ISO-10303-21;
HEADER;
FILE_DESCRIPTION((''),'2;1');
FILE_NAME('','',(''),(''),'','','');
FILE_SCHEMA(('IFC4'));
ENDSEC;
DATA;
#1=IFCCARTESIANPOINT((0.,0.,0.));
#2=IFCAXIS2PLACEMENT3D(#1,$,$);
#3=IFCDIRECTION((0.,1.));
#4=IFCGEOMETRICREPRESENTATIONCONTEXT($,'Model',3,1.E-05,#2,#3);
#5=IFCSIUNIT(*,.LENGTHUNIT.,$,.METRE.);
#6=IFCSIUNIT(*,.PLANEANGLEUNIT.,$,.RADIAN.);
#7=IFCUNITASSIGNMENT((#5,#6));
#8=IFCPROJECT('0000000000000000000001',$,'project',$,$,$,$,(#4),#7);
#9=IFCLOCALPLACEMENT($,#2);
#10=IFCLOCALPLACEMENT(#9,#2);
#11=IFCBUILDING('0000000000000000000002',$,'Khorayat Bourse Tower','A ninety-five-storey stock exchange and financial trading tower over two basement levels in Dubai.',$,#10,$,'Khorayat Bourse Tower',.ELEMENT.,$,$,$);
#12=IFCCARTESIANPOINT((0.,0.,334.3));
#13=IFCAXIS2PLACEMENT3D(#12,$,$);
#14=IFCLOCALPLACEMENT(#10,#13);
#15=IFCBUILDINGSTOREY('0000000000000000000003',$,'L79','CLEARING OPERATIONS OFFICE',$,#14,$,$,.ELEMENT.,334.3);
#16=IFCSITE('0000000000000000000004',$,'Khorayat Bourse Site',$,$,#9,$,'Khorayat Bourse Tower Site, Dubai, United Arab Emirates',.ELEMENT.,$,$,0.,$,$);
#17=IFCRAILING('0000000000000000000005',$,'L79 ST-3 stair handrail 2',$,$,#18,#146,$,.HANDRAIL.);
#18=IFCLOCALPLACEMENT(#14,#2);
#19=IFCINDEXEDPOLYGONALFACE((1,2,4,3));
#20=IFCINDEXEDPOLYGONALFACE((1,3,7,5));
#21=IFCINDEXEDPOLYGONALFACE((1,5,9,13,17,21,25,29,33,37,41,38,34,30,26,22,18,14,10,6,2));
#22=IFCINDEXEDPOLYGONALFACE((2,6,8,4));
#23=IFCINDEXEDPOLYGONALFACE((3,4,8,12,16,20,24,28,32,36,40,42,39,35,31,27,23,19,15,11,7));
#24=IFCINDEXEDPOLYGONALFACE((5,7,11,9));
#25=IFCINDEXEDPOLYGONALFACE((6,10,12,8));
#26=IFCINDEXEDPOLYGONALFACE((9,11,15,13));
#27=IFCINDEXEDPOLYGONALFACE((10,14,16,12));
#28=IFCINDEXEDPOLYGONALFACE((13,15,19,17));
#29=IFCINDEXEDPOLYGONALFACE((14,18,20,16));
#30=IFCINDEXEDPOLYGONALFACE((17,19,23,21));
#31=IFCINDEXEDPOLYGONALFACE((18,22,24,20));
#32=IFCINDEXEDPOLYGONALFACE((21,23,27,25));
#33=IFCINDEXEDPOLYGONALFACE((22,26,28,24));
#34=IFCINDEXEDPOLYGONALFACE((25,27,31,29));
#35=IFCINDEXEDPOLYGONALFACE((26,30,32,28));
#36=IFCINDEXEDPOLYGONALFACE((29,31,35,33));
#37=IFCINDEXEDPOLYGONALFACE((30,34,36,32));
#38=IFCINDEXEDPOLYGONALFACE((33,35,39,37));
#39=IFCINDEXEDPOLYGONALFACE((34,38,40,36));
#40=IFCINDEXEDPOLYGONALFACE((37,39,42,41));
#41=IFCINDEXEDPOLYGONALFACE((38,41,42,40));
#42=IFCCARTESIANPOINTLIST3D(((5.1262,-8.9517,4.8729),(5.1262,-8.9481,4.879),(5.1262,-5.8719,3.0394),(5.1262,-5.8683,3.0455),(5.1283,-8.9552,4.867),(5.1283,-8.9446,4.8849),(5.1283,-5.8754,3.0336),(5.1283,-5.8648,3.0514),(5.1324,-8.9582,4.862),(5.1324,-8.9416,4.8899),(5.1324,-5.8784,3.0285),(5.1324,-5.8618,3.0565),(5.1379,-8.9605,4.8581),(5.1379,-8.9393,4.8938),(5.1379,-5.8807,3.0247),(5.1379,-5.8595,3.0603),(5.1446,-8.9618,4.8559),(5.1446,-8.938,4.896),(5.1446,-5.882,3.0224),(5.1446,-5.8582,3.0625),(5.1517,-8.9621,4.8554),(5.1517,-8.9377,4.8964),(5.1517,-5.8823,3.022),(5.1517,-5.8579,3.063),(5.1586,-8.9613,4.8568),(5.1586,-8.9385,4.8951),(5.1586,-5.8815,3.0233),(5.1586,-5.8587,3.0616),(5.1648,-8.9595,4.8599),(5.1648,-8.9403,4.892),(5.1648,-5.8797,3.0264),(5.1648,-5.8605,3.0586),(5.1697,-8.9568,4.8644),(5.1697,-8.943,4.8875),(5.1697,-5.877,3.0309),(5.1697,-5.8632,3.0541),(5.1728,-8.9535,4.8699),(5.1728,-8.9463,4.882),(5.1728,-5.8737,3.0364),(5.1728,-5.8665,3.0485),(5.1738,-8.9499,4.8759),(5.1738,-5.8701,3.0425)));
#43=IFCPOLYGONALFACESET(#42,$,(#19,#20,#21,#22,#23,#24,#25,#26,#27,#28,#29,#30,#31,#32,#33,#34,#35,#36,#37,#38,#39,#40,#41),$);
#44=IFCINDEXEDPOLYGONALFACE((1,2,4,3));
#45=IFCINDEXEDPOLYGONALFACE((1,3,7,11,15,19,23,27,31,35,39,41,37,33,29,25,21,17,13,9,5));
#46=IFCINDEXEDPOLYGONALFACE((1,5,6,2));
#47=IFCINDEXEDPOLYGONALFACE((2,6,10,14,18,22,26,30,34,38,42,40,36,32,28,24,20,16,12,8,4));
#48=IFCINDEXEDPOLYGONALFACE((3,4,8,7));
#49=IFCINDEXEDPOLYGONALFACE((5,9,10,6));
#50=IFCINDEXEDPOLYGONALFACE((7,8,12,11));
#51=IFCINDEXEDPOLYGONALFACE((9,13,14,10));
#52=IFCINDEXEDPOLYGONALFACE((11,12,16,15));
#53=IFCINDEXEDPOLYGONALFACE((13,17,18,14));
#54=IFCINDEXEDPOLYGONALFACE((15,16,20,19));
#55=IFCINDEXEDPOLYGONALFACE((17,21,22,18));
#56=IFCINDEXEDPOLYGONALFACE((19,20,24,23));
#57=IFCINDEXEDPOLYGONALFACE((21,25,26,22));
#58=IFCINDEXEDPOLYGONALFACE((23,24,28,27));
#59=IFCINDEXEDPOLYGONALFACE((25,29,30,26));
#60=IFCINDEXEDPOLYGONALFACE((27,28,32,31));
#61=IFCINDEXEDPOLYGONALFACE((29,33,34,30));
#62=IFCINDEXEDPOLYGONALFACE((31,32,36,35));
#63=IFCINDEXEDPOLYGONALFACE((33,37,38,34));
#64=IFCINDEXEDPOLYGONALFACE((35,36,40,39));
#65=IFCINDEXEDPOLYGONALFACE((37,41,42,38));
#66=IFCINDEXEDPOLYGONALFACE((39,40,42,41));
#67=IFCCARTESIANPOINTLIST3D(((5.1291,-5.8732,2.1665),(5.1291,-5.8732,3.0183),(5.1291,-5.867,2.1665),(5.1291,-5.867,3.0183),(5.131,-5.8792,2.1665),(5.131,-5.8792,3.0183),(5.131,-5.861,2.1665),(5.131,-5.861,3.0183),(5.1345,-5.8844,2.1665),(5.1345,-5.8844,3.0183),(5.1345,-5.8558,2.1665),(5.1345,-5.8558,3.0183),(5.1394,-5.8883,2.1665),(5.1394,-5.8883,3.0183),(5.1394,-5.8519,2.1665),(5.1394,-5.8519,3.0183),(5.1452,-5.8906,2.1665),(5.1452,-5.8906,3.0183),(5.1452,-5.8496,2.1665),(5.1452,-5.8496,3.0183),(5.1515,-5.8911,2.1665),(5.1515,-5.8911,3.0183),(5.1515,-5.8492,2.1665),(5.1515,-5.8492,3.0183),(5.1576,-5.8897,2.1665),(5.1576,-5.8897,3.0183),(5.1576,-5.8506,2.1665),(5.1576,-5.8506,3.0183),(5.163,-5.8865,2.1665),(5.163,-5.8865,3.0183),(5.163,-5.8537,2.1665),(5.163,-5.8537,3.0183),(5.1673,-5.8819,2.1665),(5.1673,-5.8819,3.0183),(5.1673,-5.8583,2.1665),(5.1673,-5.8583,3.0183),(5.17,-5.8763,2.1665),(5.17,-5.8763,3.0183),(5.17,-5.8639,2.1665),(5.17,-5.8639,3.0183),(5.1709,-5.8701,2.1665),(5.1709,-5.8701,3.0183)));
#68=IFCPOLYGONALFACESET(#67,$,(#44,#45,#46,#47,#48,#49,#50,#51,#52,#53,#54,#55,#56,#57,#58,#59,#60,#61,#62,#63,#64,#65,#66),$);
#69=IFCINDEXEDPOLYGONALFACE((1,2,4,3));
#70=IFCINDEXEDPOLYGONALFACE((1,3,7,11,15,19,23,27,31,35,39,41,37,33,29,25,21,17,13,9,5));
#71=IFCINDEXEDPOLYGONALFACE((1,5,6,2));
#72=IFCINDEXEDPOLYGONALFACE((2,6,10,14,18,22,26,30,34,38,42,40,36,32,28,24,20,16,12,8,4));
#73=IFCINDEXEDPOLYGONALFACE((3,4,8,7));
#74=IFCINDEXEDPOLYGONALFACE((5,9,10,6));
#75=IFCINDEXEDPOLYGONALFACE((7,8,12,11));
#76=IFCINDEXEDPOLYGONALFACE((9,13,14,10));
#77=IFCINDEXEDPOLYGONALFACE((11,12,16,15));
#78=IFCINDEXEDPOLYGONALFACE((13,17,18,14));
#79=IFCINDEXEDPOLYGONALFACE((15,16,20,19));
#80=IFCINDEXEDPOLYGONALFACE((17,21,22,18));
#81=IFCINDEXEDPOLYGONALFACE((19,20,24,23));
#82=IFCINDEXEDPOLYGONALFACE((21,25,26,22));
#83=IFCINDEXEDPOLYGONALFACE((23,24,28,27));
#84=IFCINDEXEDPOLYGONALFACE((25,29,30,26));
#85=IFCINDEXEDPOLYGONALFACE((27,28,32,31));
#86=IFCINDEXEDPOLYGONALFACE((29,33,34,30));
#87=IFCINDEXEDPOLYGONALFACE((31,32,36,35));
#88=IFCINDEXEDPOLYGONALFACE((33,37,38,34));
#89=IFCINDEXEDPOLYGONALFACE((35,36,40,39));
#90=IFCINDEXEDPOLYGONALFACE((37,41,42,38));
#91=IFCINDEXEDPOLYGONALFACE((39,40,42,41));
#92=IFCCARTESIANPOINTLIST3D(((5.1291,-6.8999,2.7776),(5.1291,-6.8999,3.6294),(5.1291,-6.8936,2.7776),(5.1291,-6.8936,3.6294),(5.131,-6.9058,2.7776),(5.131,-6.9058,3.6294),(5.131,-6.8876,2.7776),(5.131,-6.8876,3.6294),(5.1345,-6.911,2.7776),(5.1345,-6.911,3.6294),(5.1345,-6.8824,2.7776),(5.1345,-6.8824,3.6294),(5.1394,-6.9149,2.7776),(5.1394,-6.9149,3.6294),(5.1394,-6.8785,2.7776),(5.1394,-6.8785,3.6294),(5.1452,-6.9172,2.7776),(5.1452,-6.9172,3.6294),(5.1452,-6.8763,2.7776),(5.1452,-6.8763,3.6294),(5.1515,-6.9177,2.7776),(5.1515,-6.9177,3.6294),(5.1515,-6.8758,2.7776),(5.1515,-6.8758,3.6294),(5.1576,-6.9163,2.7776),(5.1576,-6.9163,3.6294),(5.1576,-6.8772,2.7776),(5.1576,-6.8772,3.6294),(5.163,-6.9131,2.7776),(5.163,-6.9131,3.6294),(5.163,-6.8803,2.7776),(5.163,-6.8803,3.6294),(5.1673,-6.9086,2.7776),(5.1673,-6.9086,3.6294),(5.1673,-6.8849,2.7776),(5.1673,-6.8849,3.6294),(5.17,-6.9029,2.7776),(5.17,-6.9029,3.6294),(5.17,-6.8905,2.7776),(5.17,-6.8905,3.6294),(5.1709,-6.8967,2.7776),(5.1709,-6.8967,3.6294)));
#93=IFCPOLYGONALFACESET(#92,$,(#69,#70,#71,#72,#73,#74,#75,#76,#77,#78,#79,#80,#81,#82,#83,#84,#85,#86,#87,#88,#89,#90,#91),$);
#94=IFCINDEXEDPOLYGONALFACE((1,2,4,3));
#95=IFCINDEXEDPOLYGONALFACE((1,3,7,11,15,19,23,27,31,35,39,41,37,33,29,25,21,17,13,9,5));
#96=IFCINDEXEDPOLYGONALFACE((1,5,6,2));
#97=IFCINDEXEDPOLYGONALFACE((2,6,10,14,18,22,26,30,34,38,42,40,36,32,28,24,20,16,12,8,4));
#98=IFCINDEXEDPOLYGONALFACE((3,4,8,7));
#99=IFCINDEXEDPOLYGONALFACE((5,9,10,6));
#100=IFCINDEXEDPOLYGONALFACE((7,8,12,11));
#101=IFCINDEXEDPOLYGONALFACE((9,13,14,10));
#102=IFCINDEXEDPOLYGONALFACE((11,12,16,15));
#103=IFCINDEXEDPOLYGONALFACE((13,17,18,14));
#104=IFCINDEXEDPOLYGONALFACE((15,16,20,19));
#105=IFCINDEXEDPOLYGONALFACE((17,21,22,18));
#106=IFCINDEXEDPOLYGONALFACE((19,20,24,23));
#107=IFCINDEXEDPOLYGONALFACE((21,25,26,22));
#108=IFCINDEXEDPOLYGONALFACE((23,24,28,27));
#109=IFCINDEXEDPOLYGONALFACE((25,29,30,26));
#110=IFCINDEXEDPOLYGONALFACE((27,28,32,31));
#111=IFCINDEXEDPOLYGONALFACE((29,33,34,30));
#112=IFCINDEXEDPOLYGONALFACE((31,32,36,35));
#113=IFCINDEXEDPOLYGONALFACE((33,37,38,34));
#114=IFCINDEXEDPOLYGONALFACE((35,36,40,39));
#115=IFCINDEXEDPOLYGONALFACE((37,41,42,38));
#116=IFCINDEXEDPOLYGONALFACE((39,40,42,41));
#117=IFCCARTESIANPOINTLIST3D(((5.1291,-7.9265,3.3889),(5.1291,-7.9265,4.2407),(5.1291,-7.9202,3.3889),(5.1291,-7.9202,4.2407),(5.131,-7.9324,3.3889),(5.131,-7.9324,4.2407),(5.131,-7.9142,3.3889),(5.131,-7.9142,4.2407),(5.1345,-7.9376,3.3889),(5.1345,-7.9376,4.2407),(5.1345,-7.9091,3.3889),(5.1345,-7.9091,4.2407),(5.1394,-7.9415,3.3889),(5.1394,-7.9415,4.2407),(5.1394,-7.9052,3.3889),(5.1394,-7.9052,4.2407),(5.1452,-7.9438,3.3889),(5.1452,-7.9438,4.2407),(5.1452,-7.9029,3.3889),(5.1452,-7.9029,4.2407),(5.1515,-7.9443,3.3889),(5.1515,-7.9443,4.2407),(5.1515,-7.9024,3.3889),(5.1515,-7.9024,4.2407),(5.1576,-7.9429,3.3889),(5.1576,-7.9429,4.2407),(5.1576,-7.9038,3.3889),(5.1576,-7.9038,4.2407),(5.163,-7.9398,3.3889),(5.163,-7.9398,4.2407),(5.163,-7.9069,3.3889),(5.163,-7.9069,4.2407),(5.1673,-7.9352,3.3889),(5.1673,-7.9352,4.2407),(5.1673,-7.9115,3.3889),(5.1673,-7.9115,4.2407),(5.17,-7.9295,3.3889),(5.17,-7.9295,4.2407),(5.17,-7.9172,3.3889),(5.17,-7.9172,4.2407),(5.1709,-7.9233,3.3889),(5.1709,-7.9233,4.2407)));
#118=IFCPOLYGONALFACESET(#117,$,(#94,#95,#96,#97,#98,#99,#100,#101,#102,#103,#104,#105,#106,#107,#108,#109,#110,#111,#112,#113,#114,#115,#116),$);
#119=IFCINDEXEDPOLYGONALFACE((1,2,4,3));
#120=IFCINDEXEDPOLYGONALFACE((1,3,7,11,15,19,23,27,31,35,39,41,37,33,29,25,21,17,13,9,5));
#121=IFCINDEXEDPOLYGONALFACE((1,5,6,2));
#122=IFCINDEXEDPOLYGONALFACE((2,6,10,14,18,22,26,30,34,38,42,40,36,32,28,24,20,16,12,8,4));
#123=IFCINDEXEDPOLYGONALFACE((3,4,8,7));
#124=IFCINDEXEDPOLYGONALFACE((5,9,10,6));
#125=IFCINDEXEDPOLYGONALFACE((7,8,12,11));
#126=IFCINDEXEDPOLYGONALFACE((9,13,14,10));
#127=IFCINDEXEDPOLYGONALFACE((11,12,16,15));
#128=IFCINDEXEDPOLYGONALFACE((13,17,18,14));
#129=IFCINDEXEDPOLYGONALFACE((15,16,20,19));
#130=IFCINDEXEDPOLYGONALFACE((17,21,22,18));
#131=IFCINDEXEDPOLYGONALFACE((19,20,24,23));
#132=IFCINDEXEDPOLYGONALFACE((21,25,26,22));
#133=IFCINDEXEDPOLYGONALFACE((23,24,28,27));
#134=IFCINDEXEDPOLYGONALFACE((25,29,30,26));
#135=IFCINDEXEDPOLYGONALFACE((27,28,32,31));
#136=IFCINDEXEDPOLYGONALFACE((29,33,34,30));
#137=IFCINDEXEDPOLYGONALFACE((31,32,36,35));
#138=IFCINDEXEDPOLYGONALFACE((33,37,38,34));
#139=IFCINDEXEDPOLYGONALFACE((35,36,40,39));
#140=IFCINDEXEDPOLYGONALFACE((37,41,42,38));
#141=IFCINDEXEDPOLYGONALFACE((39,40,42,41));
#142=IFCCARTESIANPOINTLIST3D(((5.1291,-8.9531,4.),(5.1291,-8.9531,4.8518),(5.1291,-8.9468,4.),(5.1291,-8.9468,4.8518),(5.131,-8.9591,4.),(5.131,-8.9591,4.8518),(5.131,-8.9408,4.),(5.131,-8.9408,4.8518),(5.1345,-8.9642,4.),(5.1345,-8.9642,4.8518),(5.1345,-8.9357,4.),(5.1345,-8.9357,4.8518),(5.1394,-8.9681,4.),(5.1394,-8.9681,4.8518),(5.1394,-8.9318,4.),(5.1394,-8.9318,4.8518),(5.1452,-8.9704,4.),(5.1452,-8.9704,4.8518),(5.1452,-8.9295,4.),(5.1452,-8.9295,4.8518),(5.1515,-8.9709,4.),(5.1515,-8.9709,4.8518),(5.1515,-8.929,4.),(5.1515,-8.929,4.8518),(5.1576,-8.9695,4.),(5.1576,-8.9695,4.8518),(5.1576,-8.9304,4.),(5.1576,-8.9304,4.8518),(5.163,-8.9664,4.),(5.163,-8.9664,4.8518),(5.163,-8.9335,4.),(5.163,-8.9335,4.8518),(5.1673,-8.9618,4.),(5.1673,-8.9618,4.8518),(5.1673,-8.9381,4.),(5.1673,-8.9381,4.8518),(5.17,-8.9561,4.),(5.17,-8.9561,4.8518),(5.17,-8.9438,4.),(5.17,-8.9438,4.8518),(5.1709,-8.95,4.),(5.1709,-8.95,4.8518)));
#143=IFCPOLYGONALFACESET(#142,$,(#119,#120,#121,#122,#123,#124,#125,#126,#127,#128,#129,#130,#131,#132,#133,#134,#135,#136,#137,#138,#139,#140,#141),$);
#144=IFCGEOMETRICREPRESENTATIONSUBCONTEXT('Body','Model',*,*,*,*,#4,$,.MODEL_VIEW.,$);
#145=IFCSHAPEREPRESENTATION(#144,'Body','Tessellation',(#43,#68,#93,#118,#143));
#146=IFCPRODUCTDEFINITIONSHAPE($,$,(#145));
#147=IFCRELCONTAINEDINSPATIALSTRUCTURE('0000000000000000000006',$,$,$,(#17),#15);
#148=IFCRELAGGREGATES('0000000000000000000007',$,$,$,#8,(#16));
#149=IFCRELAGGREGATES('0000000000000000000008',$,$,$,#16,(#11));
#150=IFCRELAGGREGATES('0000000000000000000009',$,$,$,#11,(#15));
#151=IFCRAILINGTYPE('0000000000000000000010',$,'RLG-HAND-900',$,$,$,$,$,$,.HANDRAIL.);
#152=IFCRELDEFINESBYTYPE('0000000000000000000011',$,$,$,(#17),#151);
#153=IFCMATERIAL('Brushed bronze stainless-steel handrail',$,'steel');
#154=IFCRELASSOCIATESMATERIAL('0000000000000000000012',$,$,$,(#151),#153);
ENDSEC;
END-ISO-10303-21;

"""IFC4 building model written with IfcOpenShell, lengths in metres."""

from ifc_helpers import new_model, si_unit, direction, frame, origin, origin_2d, place, context, subcontext, project, spatial, circle, extrude, source, transform, mapped, material, type_object, element, save


model = new_model("IFC4")

# Units and contexts
model_context = context("Model", 3, precision=1e-05, world=origin(), true_north=direction((0.0, 1.0)))
body_context = subcontext(model_context, "Body", "Model", "MODEL_VIEW")
ifc_project = project(units=[si_unit("LENGTHUNIT", "METRE"), si_unit("PLANEANGLEUNIT", "RADIAN")], contexts=[model_context])

# Site, building, storey
site_placement = place(None, origin())
site = spatial("IfcSite", under=ifc_project, at=site_placement, Name="Khorayat Bourse Site", LongName="Khorayat Bourse Tower Site, Dubai, United Arab Emirates", CompositionType="ELEMENT", RefElevation=0.0)
building_placement = place(site_placement, origin())
building = spatial("IfcBuilding", under=site, at=building_placement, Name="Khorayat Bourse Tower", Description="A ninety-five-storey stock exchange and financial trading tower over two basement levels in Dubai.", LongName="Khorayat Bourse Tower", CompositionType="ELEMENT")
storey_placement = place(building_placement, frame((0.0, 0.0, 334.3)))
storey = spatial("IfcBuildingStorey", under=building, at=storey_placement, Name="L79", Description="CLEARING OPERATIONS OFFICE", CompositionType="ELEMENT", Elevation=334.3)

# Railing
ifc_material_1 = material(Name="Brushed bronze stainless-steel handrail", Category="steel")
railing_type_1 = type_object("IfcRailingType", Name="RLG-HAND-900", PredefinedType="HANDRAIL", material=ifc_material_1)
shared_shape_1 = source(origin(), body_context, "Body", "SweptSolid", [
    extrude(circle(Radius=0.0239, at=origin_2d()), frame((0.0, 0.0, 0.876), z_axis=(0.0, -0.859261, 0.511538), x_axis=(1.0, 0.0, 0.0)), (0.0, 0.0, 1.0), 3.5842),
    extrude(circle(Radius=0.021, at=origin_2d()), origin(), (0.0, 0.0, 1.0), 0.8518),
    extrude(circle(Radius=0.021, at=origin_2d()), frame((0.0, -1.0266, 0.6111)), (0.0, 0.0, 1.0), 0.8518),
    extrude(circle(Radius=0.021, at=origin_2d()), frame((0.0, -2.0532, 1.2224)), (0.0, 0.0, 1.0), 0.8518),
    extrude(circle(Radius=0.021, at=origin_2d()), frame((0.0, -3.0798, 1.8335)), (0.0, 0.0, 1.0), 0.8518),
])
railing_1_placement = place(storey_placement, frame((5.1499, -5.8701, 2.1665)))
element("IfcRailing", 1, at=railing_1_placement, inside=storey, type_object=railing_type_1, Name="L79 ST-3 stair handrail 2", PredefinedType="HANDRAIL", context=body_context, shape_type="MappedRepresentation", body=[
    mapped(shared_shape_1, transform((0.0, 0.0, 0.0), scale=1.0)),
])

save(model, "model.ifc")
